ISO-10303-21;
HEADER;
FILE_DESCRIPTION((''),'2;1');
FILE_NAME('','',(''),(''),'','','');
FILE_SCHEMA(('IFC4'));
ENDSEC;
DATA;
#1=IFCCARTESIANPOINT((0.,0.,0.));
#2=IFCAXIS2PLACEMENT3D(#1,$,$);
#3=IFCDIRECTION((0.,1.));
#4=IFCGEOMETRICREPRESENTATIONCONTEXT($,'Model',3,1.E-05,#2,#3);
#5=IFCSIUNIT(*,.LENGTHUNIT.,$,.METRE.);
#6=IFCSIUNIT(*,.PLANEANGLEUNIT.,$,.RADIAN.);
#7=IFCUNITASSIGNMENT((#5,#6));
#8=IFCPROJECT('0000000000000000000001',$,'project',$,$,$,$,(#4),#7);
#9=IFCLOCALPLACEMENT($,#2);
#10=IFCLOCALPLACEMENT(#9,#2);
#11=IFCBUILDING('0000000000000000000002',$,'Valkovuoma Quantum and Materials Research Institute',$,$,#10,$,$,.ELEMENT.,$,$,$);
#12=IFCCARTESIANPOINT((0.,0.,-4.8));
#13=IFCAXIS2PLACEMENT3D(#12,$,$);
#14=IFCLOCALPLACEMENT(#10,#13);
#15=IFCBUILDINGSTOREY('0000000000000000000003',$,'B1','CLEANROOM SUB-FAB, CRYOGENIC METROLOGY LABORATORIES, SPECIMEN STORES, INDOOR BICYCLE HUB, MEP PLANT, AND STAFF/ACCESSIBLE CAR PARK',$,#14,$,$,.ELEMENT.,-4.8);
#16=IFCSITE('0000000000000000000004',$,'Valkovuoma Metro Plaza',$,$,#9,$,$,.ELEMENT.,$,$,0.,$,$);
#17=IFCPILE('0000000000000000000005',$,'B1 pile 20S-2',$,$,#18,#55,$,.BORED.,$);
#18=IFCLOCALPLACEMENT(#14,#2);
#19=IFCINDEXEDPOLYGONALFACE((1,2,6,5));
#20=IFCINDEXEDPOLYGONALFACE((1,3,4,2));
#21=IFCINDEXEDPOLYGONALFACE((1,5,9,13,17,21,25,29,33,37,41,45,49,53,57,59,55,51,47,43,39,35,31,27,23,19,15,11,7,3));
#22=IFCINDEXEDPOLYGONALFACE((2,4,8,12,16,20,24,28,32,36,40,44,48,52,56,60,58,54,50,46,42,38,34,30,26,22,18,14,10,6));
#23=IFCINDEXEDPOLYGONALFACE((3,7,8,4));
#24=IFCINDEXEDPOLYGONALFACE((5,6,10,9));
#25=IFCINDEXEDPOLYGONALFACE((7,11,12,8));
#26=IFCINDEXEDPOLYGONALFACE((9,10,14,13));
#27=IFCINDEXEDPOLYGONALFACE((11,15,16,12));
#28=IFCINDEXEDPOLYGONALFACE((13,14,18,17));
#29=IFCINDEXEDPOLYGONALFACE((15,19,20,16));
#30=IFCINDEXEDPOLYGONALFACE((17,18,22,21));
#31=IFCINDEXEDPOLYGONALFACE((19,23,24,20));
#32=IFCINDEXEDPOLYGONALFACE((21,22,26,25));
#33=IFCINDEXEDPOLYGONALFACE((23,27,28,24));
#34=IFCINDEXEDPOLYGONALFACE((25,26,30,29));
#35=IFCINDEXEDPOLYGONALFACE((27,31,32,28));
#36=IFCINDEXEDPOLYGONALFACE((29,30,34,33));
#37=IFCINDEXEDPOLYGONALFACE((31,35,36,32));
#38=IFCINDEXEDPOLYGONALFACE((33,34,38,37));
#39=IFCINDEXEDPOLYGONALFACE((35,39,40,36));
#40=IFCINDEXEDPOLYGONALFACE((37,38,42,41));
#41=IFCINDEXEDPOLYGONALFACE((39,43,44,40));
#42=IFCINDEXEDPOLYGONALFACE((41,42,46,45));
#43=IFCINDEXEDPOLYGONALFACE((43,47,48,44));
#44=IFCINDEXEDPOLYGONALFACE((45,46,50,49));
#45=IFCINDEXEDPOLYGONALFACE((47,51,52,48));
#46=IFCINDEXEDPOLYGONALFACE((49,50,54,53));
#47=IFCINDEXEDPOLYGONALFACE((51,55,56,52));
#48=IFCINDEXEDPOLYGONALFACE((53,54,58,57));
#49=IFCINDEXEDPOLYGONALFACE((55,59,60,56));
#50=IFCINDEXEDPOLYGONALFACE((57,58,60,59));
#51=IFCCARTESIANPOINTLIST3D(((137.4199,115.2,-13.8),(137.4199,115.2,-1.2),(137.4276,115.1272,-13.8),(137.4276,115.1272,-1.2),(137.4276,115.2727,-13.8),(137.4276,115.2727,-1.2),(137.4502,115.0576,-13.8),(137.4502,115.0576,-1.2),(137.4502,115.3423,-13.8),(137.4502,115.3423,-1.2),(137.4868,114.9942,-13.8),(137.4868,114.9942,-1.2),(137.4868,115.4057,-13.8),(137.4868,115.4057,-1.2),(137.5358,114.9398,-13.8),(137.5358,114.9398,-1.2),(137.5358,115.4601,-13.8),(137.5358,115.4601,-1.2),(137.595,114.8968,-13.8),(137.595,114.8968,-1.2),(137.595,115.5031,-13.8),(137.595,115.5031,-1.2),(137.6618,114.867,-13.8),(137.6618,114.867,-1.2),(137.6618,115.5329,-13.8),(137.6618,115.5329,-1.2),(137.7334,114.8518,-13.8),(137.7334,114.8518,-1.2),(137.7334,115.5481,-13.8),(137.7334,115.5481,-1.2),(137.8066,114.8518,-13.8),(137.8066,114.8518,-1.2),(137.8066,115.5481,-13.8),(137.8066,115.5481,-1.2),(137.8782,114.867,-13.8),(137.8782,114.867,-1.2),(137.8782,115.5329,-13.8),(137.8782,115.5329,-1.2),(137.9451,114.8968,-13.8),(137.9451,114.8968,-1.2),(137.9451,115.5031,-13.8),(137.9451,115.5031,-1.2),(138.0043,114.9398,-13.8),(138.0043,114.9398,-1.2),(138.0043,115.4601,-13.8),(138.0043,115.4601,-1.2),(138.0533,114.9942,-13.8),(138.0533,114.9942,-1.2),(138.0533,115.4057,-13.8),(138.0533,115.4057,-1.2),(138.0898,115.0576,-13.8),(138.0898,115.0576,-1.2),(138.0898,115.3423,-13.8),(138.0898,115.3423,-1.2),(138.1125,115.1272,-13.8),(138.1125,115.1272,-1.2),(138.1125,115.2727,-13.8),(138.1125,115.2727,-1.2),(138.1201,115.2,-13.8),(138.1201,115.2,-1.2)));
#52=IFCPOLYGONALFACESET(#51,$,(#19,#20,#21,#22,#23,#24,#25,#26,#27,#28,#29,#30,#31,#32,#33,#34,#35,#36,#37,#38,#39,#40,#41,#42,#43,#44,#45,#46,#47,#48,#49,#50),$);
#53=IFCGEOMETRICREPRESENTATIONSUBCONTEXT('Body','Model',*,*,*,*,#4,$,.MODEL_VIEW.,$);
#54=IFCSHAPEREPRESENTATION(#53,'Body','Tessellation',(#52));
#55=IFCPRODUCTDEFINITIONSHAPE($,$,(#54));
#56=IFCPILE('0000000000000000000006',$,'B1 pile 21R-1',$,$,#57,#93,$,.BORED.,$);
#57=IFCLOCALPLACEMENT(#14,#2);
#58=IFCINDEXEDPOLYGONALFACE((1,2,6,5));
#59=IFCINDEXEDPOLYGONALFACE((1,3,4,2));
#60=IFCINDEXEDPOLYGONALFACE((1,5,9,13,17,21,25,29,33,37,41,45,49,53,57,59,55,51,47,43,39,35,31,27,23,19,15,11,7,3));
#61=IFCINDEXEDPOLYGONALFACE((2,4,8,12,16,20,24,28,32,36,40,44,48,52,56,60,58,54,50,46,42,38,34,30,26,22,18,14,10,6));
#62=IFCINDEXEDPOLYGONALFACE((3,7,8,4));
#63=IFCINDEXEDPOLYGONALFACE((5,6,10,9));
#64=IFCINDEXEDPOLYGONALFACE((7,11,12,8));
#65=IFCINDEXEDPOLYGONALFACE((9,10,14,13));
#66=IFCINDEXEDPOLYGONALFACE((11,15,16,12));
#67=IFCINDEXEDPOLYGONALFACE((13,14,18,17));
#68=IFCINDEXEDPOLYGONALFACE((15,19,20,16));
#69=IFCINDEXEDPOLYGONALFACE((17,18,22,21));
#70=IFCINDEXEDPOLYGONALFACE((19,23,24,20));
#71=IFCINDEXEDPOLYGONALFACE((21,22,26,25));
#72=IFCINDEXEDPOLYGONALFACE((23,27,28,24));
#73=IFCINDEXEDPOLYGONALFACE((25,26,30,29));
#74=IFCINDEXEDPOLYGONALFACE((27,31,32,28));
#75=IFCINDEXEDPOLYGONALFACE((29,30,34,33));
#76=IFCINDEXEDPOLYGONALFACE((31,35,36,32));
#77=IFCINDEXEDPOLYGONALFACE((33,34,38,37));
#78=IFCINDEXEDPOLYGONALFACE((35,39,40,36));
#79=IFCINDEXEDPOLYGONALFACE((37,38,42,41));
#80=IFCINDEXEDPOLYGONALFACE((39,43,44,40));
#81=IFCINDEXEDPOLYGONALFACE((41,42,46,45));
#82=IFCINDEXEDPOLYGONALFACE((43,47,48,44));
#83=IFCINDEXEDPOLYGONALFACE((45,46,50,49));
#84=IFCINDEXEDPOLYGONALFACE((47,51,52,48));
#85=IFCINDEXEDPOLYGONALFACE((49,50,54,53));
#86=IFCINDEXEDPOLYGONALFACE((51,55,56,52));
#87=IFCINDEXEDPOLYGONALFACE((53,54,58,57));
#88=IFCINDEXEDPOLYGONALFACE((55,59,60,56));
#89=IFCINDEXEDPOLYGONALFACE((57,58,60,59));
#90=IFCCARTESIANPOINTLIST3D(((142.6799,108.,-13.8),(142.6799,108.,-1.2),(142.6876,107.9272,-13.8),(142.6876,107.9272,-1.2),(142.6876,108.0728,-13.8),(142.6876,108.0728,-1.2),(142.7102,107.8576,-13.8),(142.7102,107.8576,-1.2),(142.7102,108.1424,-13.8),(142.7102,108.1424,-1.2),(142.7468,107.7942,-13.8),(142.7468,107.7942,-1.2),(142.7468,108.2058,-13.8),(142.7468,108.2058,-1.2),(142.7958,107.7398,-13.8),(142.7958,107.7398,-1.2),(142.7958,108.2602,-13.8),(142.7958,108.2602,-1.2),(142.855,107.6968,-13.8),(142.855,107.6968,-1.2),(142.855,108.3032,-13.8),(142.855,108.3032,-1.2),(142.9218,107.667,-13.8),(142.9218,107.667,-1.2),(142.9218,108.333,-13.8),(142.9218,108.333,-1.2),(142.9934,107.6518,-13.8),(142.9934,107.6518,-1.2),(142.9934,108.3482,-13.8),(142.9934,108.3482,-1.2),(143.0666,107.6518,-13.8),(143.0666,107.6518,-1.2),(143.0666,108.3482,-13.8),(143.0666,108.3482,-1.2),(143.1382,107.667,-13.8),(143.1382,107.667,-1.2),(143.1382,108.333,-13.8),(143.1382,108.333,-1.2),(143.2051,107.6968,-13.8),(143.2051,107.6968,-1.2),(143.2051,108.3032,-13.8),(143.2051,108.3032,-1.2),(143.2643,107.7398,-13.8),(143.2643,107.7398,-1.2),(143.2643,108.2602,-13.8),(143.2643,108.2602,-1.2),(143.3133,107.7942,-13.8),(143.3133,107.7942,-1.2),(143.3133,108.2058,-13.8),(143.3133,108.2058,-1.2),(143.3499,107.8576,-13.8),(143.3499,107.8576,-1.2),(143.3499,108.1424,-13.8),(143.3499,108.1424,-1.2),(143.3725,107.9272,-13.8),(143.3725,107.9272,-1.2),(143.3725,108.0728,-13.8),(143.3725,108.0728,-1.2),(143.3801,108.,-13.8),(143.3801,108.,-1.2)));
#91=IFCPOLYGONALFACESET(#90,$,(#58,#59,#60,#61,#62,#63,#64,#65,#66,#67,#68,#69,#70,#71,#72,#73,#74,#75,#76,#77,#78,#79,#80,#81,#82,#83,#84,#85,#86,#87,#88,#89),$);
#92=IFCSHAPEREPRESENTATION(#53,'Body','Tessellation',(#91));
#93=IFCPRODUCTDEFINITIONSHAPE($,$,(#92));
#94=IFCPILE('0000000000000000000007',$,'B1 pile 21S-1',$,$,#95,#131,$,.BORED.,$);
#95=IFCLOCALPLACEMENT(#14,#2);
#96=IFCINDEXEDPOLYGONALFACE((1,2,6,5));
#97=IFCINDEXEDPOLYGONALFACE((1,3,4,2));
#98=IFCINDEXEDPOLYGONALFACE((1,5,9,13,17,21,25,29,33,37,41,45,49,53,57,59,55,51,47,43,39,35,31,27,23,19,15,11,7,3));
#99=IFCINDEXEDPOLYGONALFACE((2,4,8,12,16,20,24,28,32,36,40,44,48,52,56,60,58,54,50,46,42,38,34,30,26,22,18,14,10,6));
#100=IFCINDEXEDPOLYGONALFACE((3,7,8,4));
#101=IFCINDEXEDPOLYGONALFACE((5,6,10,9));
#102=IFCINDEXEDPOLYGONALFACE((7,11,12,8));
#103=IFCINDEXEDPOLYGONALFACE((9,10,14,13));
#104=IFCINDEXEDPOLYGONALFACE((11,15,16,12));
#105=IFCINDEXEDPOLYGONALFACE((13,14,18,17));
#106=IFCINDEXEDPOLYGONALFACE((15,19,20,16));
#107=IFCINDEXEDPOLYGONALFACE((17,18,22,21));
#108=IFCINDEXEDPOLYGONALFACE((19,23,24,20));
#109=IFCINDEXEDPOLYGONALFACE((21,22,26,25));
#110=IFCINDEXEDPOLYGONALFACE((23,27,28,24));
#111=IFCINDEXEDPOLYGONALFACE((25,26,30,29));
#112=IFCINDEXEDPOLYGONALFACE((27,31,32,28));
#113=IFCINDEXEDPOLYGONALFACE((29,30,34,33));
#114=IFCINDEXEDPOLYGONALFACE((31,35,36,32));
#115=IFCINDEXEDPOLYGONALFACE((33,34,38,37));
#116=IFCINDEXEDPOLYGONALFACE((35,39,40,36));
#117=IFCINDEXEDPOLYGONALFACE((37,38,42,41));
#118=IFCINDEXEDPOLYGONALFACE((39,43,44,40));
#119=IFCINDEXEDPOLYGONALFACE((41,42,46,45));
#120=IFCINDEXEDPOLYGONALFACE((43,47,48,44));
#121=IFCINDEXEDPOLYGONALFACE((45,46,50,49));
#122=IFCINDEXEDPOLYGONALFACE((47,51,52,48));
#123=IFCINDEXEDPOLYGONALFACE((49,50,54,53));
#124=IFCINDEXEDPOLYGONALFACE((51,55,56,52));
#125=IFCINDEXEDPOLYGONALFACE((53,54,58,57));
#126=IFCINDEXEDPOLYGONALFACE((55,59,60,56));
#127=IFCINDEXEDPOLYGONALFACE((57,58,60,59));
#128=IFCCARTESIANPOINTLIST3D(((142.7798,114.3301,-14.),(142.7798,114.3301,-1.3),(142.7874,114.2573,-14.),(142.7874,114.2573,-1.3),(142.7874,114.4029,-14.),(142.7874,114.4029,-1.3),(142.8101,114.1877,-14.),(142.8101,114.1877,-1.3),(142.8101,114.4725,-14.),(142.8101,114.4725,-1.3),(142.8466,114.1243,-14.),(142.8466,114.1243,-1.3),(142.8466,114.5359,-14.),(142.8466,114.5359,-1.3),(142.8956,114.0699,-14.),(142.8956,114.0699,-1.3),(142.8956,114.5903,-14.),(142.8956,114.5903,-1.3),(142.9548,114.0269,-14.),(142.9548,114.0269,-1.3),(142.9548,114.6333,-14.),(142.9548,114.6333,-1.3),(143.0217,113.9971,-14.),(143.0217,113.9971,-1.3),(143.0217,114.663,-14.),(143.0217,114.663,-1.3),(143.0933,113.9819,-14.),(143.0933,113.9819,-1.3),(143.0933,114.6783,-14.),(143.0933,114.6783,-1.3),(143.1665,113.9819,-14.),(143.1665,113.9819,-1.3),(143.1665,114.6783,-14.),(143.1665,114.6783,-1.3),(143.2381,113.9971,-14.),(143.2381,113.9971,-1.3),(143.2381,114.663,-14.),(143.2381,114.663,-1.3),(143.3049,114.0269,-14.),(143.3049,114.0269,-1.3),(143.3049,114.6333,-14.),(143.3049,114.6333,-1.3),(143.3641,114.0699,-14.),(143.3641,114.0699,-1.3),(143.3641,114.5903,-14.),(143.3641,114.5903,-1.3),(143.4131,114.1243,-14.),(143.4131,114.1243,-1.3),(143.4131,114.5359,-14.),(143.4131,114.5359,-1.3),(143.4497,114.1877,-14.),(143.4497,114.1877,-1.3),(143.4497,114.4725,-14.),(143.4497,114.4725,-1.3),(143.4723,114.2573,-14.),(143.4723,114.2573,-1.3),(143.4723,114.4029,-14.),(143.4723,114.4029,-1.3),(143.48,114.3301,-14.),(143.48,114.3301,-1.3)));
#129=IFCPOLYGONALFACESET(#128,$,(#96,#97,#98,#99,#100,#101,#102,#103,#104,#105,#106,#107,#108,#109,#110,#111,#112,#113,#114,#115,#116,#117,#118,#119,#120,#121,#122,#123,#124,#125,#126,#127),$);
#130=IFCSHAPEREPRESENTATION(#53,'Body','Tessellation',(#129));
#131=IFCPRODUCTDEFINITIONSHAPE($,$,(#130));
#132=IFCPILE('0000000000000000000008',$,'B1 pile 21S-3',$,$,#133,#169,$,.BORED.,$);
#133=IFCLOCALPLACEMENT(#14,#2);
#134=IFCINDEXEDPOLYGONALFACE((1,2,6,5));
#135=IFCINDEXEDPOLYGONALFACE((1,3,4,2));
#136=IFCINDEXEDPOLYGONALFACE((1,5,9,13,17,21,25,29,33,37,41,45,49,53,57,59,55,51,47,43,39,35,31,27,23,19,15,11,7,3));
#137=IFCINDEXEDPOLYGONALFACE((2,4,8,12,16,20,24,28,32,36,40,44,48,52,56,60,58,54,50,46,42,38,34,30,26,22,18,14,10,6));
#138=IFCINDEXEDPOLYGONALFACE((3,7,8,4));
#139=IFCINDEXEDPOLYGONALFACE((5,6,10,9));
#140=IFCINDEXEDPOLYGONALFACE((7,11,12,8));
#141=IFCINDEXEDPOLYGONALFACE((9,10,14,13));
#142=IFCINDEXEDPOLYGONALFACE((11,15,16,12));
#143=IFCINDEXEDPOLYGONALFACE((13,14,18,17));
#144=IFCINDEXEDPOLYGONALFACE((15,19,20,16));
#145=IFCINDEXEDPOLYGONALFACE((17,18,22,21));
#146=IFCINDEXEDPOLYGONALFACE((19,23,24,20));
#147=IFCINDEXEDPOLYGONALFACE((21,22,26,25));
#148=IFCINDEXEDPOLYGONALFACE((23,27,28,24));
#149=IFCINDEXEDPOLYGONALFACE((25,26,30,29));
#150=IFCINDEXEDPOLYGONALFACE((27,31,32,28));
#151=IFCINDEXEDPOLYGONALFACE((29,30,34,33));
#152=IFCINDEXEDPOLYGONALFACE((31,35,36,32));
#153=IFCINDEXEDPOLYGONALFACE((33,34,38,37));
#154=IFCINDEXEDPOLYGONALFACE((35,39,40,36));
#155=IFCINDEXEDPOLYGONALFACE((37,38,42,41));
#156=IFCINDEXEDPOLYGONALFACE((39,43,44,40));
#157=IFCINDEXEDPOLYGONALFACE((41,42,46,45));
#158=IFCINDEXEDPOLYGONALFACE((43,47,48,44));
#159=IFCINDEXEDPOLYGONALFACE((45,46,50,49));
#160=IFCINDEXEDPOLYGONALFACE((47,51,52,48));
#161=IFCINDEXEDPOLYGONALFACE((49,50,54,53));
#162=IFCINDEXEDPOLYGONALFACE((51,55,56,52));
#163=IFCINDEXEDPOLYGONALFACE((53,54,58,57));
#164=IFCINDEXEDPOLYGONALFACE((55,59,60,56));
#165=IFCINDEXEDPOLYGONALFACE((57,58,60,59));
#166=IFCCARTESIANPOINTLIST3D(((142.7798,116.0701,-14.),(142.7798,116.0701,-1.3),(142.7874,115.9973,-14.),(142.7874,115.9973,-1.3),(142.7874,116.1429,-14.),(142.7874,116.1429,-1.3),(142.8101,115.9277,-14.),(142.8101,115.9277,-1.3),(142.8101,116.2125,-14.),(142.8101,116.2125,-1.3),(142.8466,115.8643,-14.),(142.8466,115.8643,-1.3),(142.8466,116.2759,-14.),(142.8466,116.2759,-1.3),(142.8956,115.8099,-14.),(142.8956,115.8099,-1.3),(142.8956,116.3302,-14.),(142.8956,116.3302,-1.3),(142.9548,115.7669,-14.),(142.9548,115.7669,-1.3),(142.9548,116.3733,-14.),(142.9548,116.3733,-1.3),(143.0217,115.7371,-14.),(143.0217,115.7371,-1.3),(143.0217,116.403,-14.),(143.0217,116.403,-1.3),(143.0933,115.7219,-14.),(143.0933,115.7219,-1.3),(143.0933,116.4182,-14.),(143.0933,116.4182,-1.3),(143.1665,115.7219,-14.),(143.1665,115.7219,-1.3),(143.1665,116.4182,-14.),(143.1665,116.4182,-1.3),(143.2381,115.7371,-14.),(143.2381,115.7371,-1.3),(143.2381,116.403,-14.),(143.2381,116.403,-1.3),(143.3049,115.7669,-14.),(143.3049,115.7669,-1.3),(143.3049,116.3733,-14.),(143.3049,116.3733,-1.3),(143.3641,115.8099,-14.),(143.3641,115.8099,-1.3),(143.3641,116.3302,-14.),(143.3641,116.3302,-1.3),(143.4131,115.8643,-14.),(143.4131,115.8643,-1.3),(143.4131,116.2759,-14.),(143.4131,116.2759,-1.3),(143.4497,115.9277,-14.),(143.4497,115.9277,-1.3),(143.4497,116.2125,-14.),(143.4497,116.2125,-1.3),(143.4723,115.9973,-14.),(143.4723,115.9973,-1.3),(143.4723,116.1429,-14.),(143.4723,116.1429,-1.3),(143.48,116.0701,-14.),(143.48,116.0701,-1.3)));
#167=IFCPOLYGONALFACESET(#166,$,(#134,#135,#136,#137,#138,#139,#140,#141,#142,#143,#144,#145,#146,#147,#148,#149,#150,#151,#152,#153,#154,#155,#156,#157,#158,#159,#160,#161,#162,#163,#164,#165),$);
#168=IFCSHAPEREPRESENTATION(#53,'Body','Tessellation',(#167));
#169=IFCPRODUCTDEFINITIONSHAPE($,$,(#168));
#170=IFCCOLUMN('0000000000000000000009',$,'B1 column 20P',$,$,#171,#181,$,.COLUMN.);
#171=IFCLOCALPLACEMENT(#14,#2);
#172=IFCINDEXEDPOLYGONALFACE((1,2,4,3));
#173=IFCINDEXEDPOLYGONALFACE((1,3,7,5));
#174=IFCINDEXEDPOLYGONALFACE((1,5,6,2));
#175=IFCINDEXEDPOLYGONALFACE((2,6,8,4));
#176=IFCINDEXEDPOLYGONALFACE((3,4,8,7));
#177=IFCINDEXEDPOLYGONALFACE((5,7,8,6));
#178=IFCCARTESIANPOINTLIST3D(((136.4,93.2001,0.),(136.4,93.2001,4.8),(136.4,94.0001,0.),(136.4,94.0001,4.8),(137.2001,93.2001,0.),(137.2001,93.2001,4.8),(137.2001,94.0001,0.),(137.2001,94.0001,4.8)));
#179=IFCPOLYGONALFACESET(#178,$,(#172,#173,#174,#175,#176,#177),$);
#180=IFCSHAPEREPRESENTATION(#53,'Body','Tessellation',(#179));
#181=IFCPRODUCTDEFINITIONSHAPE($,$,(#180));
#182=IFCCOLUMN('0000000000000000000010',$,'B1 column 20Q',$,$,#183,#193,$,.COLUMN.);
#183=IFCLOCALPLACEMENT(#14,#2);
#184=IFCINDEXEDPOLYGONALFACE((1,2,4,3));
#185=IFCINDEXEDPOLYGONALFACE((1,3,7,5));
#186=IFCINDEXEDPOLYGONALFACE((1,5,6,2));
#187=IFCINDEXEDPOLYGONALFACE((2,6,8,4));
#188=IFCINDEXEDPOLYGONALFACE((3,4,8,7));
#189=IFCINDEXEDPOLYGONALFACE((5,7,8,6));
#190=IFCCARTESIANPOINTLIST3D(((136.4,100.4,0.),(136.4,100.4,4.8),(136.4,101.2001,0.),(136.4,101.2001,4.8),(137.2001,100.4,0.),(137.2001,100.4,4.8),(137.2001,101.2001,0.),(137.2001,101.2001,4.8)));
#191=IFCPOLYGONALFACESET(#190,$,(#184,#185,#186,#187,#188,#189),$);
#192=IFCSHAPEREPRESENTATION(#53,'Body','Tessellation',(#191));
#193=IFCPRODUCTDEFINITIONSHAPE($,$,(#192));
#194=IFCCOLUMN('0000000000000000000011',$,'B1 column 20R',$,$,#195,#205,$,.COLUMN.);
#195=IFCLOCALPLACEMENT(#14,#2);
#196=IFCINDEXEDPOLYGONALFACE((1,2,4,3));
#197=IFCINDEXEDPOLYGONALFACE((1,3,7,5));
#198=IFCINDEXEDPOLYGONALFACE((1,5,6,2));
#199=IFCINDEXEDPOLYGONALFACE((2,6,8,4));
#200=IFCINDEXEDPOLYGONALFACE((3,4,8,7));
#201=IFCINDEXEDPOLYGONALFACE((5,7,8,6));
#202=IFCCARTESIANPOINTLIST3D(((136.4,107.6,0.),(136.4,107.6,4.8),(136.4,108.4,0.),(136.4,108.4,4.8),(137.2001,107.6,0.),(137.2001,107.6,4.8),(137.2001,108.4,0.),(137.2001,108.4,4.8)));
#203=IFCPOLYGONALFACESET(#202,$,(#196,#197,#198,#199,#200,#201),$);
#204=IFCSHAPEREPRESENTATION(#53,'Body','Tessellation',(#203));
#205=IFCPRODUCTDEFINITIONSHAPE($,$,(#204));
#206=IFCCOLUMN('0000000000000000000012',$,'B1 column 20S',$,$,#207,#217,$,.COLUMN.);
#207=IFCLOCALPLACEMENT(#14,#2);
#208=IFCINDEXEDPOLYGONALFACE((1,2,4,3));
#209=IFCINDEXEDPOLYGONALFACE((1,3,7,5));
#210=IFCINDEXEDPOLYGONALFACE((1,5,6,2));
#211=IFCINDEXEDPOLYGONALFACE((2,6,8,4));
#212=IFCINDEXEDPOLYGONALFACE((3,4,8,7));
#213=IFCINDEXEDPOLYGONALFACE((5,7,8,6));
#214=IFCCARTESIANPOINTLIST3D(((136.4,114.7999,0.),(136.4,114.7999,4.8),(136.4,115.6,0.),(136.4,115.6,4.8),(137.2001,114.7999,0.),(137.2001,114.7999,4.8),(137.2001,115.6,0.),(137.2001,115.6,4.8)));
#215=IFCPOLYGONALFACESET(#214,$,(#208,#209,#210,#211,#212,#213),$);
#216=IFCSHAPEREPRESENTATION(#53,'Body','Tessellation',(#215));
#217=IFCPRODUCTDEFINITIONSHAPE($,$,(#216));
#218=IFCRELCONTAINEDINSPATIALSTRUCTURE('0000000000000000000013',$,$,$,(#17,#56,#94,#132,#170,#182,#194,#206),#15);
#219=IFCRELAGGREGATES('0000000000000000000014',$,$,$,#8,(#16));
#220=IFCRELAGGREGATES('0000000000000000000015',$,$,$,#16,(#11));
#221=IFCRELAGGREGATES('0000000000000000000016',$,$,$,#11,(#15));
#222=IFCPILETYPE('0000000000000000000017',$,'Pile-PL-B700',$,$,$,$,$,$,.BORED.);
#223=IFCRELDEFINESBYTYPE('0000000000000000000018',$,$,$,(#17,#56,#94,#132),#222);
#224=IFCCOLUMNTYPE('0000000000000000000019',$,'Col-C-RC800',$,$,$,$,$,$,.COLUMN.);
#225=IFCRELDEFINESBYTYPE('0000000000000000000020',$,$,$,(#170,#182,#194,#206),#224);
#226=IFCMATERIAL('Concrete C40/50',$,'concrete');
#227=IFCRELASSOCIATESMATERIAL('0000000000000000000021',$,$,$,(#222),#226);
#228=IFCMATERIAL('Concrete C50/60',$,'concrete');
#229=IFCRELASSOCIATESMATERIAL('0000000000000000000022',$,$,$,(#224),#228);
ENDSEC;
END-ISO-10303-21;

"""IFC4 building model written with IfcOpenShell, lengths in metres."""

from ifc_helpers import new_model, si_unit, direction, frame, origin, origin_2d, place, context, subcontext, project, spatial, rectangle, circle, extrude, material, material_profile, profile_set, type_object, element, save


model = new_model("IFC4")

# Units and contexts
model_context = context("Model", 3, precision=1e-05, world=origin(), true_north=direction((0.0, 1.0)))
body_context = subcontext(model_context, "Body", "Model", "MODEL_VIEW")
ifc_project = project(units=[si_unit("LENGTHUNIT", "METRE"), si_unit("PLANEANGLEUNIT", "RADIAN")], contexts=[model_context])

# Site, building, storey
site_placement = place(None, origin())
site = spatial("IfcSite", under=ifc_project, at=site_placement, Name="Valkovuoma Metro Plaza", CompositionType="ELEMENT", RefElevation=0.0)
building_placement = place(site_placement, origin())
building = spatial("IfcBuilding", under=site, at=building_placement, Name="Valkovuoma Quantum and Materials Research Institute", CompositionType="ELEMENT")
storey_placement = place(building_placement, frame((0.0, 0.0, -4.8)))
storey = spatial("IfcBuildingStorey", under=building, at=storey_placement, Name="B1", Description="CLEANROOM SUB-FAB, CRYOGENIC METROLOGY LABORATORIES, SPECIMEN STORES, INDOOR BICYCLE HUB, MEP PLANT, AND STAFF/ACCESSIBLE CAR PARK", CompositionType="ELEMENT", Elevation=-4.8)

# Piles
ifc_material_1 = material(Name="Concrete C40/50", Category="concrete")
ifc_material_profile_1 = material_profile(ifc_material_1, circle(Radius=0.3501, at=origin_2d()), Name="Concrete C40/50")
ifc_profile_set_1 = profile_set([ifc_material_profile_1], Name="Concrete C40/50")
pile_type_1 = type_object("IfcPileType", Name="Pile-PL-B700", PredefinedType="BORED", material=ifc_profile_set_1)
for number, where, z_axis, x_axis, name in (
    (1, (137.77, 115.2, -1.2), (0.0, 0.0, -1.0), (1.0, 0.0, 0.0), "B1 pile 20S-2"),
    (2, (143.03, 108.0, -1.2), (0.0, 0.0, -1.0), (1.0, 0.0, 0.0), "B1 pile 21R-1"),
):
    element("IfcPile", number, at=place(storey_placement, frame(where, z_axis=z_axis, x_axis=x_axis)), inside=storey, type_object=pile_type_1, Name=name, PredefinedType="BORED", context=body_context, shape_type="SweptSolid", body=[
        extrude(circle(Radius=0.3501, at=origin_2d()), origin(), (0.0, 0.0, 1.0), 12.6001),
    ])
for number, where, z_axis, x_axis, name in (
    (3, (143.1299, 114.3301, -1.3), (0.0, 0.0, -1.0), (1.0, 0.0, 0.0), "B1 pile 21S-1"),
    (4, (143.1299, 116.0701, -1.3), (0.0, 0.0, -1.0), (1.0, 0.0, 0.0), "B1 pile 21S-3"),
):
    element("IfcPile", number, at=place(storey_placement, frame(where, z_axis=z_axis, x_axis=x_axis)), inside=storey, type_object=pile_type_1, Name=name, PredefinedType="BORED", context=body_context, shape_type="SweptSolid", body=[
        extrude(circle(Radius=0.3501, at=origin_2d()), origin(), (0.0, 0.0, 1.0), 12.7),
    ])

# Columns
ifc_material_2 = material(Name="Concrete C50/60", Category="concrete")
ifc_material_profile_2 = material_profile(ifc_material_2, rectangle(XDim=0.8, YDim=0.8, at=origin_2d()), Name="Concrete C50/60")
ifc_profile_set_2 = profile_set([ifc_material_profile_2], Name="Concrete C50/60")
column_type = type_object("IfcColumnType", Name="Col-C-RC800", PredefinedType="COLUMN", material=ifc_profile_set_2)
for number, where, z_axis, x_axis, name in (
    (5, (136.8, 93.6001, 0.0), (0.0, 0.0, 1.0), (1.0, 0.0, 0.0), "B1 column 20P"),
    (6, (136.8, 100.8, 0.0), (0.0, 0.0, 1.0), (1.0, 0.0, 0.0), "B1 column 20Q"),
    (7, (136.8, 108.0, 0.0), (0.0, 0.0, 1.0), (1.0, 0.0, 0.0), "B1 column 20R"),
    (8, (136.8, 115.2, 0.0), (0.0, 0.0, 1.0), (1.0, 0.0, 0.0), "B1 column 20S"),
):
    element("IfcColumn", number, at=place(storey_placement, frame(where, z_axis=z_axis, x_axis=x_axis)), inside=storey, type_object=column_type, Name=name, PredefinedType="COLUMN", context=body_context, shape_type="SweptSolid", body=[
        extrude(rectangle(XDim=0.8, YDim=0.8, at=origin_2d()), origin(), (0.0, 0.0, 1.0), 4.8),
    ])

save(model, "model.ifc")
